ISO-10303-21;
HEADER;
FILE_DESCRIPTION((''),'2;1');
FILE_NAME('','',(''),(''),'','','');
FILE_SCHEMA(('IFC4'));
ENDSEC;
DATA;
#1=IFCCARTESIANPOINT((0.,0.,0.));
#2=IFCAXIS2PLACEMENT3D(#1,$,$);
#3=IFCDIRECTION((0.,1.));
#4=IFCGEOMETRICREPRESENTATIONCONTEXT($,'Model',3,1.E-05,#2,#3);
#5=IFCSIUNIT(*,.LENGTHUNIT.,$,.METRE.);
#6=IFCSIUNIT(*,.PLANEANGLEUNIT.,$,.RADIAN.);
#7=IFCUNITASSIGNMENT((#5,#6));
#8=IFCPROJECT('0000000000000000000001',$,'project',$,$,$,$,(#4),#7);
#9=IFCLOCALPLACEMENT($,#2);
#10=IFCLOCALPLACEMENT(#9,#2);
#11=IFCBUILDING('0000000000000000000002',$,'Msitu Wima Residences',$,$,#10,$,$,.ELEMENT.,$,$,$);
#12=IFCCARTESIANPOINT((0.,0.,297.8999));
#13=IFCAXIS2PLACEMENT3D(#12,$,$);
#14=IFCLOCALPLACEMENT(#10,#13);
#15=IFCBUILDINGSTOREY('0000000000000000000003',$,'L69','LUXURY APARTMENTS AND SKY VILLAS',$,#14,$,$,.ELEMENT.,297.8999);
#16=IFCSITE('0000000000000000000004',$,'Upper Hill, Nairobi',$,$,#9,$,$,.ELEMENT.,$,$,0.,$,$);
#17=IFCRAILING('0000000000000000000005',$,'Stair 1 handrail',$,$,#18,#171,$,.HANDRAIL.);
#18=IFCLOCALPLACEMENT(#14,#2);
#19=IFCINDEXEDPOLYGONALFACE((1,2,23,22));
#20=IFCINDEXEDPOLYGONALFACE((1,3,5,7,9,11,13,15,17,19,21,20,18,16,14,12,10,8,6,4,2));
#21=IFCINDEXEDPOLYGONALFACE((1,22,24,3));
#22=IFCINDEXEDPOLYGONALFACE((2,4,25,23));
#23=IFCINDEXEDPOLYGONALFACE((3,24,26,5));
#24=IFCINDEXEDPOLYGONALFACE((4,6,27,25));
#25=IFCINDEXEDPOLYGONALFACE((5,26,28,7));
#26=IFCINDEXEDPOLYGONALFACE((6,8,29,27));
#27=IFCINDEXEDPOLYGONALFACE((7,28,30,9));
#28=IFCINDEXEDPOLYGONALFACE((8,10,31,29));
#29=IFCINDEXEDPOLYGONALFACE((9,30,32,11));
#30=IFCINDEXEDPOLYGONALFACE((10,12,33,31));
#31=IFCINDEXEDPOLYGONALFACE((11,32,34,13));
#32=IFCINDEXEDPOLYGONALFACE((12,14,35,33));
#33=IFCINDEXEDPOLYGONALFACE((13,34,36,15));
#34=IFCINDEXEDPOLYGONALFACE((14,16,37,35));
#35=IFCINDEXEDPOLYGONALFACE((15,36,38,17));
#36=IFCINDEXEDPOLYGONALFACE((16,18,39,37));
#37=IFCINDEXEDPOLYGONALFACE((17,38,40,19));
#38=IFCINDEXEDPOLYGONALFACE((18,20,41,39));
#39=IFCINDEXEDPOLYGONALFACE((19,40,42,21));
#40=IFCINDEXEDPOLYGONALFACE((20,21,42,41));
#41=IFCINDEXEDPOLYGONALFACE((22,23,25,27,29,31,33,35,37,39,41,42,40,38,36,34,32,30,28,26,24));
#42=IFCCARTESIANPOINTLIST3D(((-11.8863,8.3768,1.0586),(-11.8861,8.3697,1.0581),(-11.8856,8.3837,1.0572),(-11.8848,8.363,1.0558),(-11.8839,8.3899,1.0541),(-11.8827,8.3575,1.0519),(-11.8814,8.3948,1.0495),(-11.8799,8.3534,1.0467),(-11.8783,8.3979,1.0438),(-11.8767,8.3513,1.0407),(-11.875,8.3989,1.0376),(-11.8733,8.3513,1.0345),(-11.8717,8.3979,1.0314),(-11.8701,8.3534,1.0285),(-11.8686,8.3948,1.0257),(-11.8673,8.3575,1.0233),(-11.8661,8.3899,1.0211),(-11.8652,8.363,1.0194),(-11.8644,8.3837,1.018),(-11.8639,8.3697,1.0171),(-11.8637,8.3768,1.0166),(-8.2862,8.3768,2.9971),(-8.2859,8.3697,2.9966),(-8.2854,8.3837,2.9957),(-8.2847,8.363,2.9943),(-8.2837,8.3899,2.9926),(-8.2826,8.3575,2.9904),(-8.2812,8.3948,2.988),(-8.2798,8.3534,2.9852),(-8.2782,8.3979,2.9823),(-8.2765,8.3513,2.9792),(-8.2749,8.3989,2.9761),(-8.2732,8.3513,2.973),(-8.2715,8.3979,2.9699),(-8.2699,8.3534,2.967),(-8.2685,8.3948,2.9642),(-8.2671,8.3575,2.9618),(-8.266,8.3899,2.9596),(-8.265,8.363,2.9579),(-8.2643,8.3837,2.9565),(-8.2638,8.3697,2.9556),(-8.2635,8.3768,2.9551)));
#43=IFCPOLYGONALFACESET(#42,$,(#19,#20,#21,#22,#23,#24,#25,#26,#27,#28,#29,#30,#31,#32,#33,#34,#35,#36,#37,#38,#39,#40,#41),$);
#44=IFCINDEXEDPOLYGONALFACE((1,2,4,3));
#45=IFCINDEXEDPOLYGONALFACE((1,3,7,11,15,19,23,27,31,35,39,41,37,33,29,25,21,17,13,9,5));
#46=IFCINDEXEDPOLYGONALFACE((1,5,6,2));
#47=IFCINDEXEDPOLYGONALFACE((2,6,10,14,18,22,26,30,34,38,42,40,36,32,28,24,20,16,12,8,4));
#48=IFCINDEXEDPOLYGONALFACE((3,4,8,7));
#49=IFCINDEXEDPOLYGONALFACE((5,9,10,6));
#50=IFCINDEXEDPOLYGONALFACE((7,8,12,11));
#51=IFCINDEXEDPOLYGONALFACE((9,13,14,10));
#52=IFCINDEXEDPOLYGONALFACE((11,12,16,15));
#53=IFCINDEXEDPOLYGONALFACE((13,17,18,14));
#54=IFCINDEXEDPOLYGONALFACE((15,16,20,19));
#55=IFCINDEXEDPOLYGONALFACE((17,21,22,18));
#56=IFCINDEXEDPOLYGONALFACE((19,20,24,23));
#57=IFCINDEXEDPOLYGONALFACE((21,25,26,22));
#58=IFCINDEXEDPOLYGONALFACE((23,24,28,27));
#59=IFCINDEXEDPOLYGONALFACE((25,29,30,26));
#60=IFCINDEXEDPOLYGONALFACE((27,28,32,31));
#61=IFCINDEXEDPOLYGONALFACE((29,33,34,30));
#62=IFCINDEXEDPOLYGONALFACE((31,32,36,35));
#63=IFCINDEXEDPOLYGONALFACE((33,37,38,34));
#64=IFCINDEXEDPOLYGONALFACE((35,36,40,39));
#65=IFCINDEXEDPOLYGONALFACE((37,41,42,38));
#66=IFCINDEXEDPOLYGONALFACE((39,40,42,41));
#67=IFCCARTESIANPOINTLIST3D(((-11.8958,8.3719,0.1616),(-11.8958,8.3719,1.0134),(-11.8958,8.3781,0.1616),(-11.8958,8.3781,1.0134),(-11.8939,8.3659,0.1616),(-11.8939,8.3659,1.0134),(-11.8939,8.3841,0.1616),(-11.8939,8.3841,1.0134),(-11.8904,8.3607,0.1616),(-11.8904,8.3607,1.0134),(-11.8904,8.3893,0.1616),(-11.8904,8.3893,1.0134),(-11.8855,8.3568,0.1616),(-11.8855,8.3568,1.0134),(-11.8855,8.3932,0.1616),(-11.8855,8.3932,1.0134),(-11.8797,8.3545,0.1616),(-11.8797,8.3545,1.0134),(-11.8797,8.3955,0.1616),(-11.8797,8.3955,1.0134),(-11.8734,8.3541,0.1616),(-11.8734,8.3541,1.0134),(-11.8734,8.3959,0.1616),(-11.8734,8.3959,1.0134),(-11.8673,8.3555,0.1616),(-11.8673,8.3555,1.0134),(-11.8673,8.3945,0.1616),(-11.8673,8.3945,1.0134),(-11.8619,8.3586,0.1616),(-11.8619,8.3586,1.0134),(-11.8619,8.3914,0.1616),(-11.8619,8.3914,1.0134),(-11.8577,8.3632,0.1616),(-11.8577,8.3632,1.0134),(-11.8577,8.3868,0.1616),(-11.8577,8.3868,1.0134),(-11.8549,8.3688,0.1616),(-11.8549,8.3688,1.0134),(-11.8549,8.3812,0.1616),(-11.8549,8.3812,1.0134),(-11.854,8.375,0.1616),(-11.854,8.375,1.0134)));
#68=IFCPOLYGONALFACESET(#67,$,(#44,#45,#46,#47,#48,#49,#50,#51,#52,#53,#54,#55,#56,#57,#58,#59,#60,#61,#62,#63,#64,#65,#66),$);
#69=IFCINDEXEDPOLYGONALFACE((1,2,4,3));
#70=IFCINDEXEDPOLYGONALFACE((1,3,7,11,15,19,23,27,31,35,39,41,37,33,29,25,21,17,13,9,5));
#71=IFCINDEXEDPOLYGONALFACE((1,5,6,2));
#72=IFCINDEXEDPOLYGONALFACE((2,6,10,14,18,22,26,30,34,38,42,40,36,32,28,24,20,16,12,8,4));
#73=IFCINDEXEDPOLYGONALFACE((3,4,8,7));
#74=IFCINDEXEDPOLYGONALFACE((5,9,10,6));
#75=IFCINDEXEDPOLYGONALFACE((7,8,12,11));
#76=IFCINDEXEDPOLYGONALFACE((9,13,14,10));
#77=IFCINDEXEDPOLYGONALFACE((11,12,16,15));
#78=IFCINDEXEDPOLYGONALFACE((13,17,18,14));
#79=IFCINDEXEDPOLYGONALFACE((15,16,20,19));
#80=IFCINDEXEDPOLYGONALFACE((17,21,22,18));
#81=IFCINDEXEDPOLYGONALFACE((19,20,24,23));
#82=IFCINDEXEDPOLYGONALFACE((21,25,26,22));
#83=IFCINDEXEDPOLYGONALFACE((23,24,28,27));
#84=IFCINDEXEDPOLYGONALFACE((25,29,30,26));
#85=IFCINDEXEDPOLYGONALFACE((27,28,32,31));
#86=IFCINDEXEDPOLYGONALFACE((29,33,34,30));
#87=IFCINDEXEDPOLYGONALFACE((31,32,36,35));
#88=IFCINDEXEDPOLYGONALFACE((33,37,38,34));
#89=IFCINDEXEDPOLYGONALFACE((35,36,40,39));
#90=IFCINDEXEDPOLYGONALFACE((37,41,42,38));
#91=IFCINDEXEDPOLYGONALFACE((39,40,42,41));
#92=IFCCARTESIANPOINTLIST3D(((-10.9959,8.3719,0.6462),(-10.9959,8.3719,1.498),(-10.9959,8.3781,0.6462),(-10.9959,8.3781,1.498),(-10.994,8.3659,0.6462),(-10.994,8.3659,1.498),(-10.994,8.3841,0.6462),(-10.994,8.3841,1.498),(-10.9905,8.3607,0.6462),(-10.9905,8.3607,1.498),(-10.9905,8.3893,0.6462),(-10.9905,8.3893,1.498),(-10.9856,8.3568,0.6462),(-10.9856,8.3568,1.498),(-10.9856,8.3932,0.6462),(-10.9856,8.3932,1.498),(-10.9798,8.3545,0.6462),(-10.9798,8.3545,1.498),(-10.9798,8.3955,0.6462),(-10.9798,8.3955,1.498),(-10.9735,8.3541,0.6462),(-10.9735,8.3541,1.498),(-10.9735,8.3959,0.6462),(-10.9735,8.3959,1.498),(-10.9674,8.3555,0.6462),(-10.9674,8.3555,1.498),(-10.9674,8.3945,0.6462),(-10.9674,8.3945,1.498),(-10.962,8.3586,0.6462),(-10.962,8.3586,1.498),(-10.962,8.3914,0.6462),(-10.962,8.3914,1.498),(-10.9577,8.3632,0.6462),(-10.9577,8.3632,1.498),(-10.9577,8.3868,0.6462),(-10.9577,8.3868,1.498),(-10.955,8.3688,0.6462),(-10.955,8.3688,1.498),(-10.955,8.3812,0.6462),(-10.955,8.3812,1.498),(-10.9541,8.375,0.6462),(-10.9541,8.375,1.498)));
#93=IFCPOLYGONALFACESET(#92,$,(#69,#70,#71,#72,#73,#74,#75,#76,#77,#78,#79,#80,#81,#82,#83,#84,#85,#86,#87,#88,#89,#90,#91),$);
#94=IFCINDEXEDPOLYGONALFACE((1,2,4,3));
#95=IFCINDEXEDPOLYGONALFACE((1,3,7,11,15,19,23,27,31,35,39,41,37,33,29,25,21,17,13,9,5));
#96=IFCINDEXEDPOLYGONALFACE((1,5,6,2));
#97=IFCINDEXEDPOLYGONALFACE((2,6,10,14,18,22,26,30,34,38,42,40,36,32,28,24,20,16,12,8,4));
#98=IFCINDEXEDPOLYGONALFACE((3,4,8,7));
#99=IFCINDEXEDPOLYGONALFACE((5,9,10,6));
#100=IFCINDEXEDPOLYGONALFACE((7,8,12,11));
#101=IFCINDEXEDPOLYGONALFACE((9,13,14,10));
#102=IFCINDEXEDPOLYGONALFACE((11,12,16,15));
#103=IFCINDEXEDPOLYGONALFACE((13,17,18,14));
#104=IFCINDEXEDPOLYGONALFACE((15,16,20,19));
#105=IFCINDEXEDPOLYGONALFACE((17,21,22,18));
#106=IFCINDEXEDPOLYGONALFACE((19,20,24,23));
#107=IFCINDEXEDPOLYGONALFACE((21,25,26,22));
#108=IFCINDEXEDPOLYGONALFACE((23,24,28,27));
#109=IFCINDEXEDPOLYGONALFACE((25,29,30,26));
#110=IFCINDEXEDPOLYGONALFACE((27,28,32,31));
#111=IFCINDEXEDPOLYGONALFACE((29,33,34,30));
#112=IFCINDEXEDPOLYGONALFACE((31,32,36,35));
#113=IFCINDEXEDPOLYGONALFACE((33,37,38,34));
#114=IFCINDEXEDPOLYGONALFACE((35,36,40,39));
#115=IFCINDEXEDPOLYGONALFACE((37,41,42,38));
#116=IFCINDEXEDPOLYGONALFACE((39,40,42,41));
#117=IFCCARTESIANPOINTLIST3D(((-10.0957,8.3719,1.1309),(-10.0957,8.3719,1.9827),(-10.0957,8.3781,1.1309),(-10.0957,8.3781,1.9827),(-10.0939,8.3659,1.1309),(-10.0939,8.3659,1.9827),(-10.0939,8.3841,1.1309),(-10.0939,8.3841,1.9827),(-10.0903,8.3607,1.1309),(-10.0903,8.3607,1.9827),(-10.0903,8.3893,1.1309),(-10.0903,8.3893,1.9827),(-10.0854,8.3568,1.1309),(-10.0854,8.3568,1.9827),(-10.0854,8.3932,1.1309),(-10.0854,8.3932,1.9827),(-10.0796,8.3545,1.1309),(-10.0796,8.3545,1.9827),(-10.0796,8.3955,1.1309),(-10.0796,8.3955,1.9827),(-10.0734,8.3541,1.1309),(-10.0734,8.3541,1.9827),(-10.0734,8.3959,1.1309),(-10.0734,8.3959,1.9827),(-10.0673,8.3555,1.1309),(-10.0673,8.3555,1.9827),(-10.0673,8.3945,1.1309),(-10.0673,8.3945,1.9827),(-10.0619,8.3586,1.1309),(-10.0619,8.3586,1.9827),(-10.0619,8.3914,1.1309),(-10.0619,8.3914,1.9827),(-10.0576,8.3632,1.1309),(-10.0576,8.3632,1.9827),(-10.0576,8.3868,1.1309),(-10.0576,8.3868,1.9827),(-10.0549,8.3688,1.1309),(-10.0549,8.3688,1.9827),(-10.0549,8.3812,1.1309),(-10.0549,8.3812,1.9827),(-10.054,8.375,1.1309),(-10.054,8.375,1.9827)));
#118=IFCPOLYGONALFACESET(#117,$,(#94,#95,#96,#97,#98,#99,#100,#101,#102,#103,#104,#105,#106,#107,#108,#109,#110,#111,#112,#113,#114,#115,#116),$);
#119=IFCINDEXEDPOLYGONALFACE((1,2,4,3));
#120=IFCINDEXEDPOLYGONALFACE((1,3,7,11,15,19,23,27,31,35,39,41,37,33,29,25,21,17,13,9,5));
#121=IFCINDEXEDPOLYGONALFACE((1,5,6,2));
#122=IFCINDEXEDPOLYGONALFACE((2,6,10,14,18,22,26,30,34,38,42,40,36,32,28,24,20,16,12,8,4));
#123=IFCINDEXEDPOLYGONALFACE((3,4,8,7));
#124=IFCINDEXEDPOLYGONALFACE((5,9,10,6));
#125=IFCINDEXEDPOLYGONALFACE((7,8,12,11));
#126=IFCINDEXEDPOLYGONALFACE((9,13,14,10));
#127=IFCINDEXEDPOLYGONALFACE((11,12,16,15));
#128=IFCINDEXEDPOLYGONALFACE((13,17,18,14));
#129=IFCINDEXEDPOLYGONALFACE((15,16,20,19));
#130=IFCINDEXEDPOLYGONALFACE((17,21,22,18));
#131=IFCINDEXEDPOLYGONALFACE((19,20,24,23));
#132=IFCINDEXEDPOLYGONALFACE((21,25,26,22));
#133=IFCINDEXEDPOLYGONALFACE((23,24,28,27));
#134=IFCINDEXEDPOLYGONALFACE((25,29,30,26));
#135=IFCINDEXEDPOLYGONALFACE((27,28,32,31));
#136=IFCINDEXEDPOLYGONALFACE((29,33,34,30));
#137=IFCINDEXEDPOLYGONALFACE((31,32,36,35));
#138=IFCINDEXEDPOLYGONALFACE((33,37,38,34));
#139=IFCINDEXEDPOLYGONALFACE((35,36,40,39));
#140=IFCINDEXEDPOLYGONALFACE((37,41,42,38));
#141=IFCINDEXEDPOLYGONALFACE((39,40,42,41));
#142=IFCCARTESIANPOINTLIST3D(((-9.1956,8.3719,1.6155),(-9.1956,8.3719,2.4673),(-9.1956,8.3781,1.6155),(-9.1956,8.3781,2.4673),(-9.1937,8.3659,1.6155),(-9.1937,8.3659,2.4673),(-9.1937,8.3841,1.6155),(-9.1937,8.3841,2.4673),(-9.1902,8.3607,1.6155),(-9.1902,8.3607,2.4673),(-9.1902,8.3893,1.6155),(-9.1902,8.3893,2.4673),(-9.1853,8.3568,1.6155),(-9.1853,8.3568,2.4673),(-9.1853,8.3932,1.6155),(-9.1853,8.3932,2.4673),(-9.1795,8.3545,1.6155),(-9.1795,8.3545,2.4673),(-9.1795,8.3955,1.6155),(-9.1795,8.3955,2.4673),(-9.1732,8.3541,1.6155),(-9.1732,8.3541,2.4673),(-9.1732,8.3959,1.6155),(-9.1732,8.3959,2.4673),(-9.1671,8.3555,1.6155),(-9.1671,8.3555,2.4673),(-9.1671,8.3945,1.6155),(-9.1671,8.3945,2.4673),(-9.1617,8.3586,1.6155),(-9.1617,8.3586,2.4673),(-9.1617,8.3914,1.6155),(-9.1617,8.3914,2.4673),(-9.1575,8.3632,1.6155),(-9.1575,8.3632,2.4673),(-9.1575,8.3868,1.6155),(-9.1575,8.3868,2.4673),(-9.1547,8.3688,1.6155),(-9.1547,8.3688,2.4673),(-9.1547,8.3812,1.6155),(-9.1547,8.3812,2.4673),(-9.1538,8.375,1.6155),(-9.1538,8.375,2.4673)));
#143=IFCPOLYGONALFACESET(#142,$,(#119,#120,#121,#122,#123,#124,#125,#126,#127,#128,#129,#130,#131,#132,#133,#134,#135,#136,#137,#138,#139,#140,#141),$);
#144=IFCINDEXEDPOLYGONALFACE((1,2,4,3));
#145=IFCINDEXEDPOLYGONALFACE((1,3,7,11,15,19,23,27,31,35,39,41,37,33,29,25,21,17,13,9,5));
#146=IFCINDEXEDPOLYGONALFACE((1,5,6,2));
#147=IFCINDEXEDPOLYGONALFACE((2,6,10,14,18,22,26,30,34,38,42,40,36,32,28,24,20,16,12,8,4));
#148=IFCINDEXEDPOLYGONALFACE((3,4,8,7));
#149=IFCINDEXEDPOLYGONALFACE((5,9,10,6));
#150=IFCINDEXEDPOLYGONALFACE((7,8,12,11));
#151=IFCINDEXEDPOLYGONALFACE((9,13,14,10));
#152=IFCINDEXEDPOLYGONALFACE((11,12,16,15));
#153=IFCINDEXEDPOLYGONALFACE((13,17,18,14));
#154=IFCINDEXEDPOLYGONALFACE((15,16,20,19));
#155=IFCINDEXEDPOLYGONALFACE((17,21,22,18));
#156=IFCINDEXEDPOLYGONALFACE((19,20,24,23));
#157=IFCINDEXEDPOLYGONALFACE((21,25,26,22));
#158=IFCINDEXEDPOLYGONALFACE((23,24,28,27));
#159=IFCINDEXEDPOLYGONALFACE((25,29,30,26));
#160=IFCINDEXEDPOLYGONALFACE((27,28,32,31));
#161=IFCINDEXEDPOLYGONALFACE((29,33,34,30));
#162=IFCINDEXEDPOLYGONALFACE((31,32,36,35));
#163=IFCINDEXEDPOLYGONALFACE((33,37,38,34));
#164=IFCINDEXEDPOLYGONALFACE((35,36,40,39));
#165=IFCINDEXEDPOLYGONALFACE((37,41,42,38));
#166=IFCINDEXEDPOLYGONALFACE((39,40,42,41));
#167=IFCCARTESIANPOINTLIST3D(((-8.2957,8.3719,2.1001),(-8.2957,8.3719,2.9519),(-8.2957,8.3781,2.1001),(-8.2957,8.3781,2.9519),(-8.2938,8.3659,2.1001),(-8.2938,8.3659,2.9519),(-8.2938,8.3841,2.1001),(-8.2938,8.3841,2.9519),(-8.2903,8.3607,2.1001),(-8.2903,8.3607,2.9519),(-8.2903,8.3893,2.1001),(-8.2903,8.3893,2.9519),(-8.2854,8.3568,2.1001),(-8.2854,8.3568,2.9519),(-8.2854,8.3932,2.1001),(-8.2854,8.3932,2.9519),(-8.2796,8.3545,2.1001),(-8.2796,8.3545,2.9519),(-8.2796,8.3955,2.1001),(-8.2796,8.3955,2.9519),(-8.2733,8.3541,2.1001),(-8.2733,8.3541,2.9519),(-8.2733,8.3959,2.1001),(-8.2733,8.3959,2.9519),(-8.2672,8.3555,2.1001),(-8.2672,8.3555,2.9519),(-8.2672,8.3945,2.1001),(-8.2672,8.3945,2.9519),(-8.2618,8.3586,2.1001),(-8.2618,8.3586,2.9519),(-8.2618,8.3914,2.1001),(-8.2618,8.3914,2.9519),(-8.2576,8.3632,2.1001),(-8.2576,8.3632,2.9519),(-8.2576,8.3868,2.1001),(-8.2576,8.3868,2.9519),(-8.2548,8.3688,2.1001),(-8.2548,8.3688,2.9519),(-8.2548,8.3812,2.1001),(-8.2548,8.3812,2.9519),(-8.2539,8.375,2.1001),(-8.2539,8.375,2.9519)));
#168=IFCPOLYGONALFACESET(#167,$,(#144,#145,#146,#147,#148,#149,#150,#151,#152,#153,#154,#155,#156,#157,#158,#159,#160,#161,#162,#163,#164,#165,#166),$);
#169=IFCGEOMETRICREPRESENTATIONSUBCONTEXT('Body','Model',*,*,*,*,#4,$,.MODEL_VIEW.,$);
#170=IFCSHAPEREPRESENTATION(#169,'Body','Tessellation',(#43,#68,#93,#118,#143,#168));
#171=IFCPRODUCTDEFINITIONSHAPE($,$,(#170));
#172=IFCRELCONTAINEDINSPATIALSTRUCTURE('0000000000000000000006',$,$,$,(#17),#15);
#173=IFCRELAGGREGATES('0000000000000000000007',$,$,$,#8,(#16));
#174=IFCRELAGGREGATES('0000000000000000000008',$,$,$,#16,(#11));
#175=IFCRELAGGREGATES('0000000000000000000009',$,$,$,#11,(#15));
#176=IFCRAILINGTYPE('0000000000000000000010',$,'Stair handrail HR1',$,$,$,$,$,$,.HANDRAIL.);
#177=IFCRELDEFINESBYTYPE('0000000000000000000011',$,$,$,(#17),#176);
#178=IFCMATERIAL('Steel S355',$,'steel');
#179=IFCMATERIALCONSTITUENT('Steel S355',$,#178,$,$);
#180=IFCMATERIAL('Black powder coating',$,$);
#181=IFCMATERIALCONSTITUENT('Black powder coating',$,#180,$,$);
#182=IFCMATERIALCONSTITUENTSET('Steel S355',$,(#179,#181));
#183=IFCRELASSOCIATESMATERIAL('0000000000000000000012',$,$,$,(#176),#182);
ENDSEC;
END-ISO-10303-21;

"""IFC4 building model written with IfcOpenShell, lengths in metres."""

from ifc_helpers import new_model, si_unit, direction, frame, origin, origin_2d, place, context, subcontext, project, spatial, circle, extrude, material, constituent, constituent_set, type_object, element, save


model = new_model("IFC4")

# Units and contexts
model_context = context("Model", 3, precision=1e-05, world=origin(), true_north=direction((0.0, 1.0)))
body_context = subcontext(model_context, "Body", "Model", "MODEL_VIEW")
ifc_project = project(units=[si_unit("LENGTHUNIT", "METRE"), si_unit("PLANEANGLEUNIT", "RADIAN")], contexts=[model_context])

# Site, building, storey
site_placement = place(None, origin())
site = spatial("IfcSite", under=ifc_project, at=site_placement, Name="Upper Hill, Nairobi", CompositionType="ELEMENT", RefElevation=0.0)
building_placement = place(site_placement, origin())
building = spatial("IfcBuilding", under=site, at=building_placement, Name="Msitu Wima Residences", CompositionType="ELEMENT")
storey_placement = place(building_placement, frame((0.0, 0.0, 297.8999)))
storey = spatial("IfcBuildingStorey", under=building, at=storey_placement, Name="L69", Description="LUXURY APARTMENTS AND SKY VILLAS", CompositionType="ELEMENT", Elevation=297.8999)

# Railing
ifc_material_1 = material(Name="Steel S355", Category="steel")
ifc_constituent_1 = constituent(ifc_material_1, Name="Steel S355")
ifc_material_2 = material(Name="Black powder coating")
ifc_constituent_2 = constituent(ifc_material_2, Name="Black powder coating")
ifc_constituent_set = constituent_set(constituents=[ifc_constituent_1, ifc_constituent_2], Name="Steel S355")
railing_type = type_object("IfcRailingType", Name="Stair handrail HR1", PredefinedType="HANDRAIL", material=ifc_constituent_set)
for number, where, name in (
    (1, (-11.875, 8.375, 0.1616), "Stair 1 handrail"),
):
    element("IfcRailing", number, at=place(storey_placement, frame(where)), inside=storey, type_object=railing_type, Name=name, PredefinedType="HANDRAIL", context=body_context, shape_type="SweptSolid", body=[
        extrude(circle(Radius=0.0239, at=origin_2d()), frame((0.0, 0.0, 0.876), z_axis=(0.880475, 0.0, 0.474093), x_axis=(0.0, 1.0, 0.0)), (0.0, 0.0, 1.0), 4.0889),
        extrude(circle(Radius=0.021, at=origin_2d()), origin(), (0.0, 0.0, 1.0), 0.8518),
        extrude(circle(Radius=0.021, at=origin_2d()), frame((0.8999, 0.0, 0.4846)), (0.0, 0.0, 1.0), 0.8518),
        extrude(circle(Radius=0.021, at=origin_2d()), frame((1.8, 0.0, 0.9692)), (0.0, 0.0, 1.0), 0.8518),
        extrude(circle(Radius=0.021, at=origin_2d()), frame((2.7002, 0.0, 1.4539)), (0.0, 0.0, 1.0), 0.8518),
        extrude(circle(Radius=0.021, at=origin_2d()), frame((3.6001, 0.0, 1.9385)), (0.0, 0.0, 1.0), 0.8518),
    ])

save(model, "model.ifc")
